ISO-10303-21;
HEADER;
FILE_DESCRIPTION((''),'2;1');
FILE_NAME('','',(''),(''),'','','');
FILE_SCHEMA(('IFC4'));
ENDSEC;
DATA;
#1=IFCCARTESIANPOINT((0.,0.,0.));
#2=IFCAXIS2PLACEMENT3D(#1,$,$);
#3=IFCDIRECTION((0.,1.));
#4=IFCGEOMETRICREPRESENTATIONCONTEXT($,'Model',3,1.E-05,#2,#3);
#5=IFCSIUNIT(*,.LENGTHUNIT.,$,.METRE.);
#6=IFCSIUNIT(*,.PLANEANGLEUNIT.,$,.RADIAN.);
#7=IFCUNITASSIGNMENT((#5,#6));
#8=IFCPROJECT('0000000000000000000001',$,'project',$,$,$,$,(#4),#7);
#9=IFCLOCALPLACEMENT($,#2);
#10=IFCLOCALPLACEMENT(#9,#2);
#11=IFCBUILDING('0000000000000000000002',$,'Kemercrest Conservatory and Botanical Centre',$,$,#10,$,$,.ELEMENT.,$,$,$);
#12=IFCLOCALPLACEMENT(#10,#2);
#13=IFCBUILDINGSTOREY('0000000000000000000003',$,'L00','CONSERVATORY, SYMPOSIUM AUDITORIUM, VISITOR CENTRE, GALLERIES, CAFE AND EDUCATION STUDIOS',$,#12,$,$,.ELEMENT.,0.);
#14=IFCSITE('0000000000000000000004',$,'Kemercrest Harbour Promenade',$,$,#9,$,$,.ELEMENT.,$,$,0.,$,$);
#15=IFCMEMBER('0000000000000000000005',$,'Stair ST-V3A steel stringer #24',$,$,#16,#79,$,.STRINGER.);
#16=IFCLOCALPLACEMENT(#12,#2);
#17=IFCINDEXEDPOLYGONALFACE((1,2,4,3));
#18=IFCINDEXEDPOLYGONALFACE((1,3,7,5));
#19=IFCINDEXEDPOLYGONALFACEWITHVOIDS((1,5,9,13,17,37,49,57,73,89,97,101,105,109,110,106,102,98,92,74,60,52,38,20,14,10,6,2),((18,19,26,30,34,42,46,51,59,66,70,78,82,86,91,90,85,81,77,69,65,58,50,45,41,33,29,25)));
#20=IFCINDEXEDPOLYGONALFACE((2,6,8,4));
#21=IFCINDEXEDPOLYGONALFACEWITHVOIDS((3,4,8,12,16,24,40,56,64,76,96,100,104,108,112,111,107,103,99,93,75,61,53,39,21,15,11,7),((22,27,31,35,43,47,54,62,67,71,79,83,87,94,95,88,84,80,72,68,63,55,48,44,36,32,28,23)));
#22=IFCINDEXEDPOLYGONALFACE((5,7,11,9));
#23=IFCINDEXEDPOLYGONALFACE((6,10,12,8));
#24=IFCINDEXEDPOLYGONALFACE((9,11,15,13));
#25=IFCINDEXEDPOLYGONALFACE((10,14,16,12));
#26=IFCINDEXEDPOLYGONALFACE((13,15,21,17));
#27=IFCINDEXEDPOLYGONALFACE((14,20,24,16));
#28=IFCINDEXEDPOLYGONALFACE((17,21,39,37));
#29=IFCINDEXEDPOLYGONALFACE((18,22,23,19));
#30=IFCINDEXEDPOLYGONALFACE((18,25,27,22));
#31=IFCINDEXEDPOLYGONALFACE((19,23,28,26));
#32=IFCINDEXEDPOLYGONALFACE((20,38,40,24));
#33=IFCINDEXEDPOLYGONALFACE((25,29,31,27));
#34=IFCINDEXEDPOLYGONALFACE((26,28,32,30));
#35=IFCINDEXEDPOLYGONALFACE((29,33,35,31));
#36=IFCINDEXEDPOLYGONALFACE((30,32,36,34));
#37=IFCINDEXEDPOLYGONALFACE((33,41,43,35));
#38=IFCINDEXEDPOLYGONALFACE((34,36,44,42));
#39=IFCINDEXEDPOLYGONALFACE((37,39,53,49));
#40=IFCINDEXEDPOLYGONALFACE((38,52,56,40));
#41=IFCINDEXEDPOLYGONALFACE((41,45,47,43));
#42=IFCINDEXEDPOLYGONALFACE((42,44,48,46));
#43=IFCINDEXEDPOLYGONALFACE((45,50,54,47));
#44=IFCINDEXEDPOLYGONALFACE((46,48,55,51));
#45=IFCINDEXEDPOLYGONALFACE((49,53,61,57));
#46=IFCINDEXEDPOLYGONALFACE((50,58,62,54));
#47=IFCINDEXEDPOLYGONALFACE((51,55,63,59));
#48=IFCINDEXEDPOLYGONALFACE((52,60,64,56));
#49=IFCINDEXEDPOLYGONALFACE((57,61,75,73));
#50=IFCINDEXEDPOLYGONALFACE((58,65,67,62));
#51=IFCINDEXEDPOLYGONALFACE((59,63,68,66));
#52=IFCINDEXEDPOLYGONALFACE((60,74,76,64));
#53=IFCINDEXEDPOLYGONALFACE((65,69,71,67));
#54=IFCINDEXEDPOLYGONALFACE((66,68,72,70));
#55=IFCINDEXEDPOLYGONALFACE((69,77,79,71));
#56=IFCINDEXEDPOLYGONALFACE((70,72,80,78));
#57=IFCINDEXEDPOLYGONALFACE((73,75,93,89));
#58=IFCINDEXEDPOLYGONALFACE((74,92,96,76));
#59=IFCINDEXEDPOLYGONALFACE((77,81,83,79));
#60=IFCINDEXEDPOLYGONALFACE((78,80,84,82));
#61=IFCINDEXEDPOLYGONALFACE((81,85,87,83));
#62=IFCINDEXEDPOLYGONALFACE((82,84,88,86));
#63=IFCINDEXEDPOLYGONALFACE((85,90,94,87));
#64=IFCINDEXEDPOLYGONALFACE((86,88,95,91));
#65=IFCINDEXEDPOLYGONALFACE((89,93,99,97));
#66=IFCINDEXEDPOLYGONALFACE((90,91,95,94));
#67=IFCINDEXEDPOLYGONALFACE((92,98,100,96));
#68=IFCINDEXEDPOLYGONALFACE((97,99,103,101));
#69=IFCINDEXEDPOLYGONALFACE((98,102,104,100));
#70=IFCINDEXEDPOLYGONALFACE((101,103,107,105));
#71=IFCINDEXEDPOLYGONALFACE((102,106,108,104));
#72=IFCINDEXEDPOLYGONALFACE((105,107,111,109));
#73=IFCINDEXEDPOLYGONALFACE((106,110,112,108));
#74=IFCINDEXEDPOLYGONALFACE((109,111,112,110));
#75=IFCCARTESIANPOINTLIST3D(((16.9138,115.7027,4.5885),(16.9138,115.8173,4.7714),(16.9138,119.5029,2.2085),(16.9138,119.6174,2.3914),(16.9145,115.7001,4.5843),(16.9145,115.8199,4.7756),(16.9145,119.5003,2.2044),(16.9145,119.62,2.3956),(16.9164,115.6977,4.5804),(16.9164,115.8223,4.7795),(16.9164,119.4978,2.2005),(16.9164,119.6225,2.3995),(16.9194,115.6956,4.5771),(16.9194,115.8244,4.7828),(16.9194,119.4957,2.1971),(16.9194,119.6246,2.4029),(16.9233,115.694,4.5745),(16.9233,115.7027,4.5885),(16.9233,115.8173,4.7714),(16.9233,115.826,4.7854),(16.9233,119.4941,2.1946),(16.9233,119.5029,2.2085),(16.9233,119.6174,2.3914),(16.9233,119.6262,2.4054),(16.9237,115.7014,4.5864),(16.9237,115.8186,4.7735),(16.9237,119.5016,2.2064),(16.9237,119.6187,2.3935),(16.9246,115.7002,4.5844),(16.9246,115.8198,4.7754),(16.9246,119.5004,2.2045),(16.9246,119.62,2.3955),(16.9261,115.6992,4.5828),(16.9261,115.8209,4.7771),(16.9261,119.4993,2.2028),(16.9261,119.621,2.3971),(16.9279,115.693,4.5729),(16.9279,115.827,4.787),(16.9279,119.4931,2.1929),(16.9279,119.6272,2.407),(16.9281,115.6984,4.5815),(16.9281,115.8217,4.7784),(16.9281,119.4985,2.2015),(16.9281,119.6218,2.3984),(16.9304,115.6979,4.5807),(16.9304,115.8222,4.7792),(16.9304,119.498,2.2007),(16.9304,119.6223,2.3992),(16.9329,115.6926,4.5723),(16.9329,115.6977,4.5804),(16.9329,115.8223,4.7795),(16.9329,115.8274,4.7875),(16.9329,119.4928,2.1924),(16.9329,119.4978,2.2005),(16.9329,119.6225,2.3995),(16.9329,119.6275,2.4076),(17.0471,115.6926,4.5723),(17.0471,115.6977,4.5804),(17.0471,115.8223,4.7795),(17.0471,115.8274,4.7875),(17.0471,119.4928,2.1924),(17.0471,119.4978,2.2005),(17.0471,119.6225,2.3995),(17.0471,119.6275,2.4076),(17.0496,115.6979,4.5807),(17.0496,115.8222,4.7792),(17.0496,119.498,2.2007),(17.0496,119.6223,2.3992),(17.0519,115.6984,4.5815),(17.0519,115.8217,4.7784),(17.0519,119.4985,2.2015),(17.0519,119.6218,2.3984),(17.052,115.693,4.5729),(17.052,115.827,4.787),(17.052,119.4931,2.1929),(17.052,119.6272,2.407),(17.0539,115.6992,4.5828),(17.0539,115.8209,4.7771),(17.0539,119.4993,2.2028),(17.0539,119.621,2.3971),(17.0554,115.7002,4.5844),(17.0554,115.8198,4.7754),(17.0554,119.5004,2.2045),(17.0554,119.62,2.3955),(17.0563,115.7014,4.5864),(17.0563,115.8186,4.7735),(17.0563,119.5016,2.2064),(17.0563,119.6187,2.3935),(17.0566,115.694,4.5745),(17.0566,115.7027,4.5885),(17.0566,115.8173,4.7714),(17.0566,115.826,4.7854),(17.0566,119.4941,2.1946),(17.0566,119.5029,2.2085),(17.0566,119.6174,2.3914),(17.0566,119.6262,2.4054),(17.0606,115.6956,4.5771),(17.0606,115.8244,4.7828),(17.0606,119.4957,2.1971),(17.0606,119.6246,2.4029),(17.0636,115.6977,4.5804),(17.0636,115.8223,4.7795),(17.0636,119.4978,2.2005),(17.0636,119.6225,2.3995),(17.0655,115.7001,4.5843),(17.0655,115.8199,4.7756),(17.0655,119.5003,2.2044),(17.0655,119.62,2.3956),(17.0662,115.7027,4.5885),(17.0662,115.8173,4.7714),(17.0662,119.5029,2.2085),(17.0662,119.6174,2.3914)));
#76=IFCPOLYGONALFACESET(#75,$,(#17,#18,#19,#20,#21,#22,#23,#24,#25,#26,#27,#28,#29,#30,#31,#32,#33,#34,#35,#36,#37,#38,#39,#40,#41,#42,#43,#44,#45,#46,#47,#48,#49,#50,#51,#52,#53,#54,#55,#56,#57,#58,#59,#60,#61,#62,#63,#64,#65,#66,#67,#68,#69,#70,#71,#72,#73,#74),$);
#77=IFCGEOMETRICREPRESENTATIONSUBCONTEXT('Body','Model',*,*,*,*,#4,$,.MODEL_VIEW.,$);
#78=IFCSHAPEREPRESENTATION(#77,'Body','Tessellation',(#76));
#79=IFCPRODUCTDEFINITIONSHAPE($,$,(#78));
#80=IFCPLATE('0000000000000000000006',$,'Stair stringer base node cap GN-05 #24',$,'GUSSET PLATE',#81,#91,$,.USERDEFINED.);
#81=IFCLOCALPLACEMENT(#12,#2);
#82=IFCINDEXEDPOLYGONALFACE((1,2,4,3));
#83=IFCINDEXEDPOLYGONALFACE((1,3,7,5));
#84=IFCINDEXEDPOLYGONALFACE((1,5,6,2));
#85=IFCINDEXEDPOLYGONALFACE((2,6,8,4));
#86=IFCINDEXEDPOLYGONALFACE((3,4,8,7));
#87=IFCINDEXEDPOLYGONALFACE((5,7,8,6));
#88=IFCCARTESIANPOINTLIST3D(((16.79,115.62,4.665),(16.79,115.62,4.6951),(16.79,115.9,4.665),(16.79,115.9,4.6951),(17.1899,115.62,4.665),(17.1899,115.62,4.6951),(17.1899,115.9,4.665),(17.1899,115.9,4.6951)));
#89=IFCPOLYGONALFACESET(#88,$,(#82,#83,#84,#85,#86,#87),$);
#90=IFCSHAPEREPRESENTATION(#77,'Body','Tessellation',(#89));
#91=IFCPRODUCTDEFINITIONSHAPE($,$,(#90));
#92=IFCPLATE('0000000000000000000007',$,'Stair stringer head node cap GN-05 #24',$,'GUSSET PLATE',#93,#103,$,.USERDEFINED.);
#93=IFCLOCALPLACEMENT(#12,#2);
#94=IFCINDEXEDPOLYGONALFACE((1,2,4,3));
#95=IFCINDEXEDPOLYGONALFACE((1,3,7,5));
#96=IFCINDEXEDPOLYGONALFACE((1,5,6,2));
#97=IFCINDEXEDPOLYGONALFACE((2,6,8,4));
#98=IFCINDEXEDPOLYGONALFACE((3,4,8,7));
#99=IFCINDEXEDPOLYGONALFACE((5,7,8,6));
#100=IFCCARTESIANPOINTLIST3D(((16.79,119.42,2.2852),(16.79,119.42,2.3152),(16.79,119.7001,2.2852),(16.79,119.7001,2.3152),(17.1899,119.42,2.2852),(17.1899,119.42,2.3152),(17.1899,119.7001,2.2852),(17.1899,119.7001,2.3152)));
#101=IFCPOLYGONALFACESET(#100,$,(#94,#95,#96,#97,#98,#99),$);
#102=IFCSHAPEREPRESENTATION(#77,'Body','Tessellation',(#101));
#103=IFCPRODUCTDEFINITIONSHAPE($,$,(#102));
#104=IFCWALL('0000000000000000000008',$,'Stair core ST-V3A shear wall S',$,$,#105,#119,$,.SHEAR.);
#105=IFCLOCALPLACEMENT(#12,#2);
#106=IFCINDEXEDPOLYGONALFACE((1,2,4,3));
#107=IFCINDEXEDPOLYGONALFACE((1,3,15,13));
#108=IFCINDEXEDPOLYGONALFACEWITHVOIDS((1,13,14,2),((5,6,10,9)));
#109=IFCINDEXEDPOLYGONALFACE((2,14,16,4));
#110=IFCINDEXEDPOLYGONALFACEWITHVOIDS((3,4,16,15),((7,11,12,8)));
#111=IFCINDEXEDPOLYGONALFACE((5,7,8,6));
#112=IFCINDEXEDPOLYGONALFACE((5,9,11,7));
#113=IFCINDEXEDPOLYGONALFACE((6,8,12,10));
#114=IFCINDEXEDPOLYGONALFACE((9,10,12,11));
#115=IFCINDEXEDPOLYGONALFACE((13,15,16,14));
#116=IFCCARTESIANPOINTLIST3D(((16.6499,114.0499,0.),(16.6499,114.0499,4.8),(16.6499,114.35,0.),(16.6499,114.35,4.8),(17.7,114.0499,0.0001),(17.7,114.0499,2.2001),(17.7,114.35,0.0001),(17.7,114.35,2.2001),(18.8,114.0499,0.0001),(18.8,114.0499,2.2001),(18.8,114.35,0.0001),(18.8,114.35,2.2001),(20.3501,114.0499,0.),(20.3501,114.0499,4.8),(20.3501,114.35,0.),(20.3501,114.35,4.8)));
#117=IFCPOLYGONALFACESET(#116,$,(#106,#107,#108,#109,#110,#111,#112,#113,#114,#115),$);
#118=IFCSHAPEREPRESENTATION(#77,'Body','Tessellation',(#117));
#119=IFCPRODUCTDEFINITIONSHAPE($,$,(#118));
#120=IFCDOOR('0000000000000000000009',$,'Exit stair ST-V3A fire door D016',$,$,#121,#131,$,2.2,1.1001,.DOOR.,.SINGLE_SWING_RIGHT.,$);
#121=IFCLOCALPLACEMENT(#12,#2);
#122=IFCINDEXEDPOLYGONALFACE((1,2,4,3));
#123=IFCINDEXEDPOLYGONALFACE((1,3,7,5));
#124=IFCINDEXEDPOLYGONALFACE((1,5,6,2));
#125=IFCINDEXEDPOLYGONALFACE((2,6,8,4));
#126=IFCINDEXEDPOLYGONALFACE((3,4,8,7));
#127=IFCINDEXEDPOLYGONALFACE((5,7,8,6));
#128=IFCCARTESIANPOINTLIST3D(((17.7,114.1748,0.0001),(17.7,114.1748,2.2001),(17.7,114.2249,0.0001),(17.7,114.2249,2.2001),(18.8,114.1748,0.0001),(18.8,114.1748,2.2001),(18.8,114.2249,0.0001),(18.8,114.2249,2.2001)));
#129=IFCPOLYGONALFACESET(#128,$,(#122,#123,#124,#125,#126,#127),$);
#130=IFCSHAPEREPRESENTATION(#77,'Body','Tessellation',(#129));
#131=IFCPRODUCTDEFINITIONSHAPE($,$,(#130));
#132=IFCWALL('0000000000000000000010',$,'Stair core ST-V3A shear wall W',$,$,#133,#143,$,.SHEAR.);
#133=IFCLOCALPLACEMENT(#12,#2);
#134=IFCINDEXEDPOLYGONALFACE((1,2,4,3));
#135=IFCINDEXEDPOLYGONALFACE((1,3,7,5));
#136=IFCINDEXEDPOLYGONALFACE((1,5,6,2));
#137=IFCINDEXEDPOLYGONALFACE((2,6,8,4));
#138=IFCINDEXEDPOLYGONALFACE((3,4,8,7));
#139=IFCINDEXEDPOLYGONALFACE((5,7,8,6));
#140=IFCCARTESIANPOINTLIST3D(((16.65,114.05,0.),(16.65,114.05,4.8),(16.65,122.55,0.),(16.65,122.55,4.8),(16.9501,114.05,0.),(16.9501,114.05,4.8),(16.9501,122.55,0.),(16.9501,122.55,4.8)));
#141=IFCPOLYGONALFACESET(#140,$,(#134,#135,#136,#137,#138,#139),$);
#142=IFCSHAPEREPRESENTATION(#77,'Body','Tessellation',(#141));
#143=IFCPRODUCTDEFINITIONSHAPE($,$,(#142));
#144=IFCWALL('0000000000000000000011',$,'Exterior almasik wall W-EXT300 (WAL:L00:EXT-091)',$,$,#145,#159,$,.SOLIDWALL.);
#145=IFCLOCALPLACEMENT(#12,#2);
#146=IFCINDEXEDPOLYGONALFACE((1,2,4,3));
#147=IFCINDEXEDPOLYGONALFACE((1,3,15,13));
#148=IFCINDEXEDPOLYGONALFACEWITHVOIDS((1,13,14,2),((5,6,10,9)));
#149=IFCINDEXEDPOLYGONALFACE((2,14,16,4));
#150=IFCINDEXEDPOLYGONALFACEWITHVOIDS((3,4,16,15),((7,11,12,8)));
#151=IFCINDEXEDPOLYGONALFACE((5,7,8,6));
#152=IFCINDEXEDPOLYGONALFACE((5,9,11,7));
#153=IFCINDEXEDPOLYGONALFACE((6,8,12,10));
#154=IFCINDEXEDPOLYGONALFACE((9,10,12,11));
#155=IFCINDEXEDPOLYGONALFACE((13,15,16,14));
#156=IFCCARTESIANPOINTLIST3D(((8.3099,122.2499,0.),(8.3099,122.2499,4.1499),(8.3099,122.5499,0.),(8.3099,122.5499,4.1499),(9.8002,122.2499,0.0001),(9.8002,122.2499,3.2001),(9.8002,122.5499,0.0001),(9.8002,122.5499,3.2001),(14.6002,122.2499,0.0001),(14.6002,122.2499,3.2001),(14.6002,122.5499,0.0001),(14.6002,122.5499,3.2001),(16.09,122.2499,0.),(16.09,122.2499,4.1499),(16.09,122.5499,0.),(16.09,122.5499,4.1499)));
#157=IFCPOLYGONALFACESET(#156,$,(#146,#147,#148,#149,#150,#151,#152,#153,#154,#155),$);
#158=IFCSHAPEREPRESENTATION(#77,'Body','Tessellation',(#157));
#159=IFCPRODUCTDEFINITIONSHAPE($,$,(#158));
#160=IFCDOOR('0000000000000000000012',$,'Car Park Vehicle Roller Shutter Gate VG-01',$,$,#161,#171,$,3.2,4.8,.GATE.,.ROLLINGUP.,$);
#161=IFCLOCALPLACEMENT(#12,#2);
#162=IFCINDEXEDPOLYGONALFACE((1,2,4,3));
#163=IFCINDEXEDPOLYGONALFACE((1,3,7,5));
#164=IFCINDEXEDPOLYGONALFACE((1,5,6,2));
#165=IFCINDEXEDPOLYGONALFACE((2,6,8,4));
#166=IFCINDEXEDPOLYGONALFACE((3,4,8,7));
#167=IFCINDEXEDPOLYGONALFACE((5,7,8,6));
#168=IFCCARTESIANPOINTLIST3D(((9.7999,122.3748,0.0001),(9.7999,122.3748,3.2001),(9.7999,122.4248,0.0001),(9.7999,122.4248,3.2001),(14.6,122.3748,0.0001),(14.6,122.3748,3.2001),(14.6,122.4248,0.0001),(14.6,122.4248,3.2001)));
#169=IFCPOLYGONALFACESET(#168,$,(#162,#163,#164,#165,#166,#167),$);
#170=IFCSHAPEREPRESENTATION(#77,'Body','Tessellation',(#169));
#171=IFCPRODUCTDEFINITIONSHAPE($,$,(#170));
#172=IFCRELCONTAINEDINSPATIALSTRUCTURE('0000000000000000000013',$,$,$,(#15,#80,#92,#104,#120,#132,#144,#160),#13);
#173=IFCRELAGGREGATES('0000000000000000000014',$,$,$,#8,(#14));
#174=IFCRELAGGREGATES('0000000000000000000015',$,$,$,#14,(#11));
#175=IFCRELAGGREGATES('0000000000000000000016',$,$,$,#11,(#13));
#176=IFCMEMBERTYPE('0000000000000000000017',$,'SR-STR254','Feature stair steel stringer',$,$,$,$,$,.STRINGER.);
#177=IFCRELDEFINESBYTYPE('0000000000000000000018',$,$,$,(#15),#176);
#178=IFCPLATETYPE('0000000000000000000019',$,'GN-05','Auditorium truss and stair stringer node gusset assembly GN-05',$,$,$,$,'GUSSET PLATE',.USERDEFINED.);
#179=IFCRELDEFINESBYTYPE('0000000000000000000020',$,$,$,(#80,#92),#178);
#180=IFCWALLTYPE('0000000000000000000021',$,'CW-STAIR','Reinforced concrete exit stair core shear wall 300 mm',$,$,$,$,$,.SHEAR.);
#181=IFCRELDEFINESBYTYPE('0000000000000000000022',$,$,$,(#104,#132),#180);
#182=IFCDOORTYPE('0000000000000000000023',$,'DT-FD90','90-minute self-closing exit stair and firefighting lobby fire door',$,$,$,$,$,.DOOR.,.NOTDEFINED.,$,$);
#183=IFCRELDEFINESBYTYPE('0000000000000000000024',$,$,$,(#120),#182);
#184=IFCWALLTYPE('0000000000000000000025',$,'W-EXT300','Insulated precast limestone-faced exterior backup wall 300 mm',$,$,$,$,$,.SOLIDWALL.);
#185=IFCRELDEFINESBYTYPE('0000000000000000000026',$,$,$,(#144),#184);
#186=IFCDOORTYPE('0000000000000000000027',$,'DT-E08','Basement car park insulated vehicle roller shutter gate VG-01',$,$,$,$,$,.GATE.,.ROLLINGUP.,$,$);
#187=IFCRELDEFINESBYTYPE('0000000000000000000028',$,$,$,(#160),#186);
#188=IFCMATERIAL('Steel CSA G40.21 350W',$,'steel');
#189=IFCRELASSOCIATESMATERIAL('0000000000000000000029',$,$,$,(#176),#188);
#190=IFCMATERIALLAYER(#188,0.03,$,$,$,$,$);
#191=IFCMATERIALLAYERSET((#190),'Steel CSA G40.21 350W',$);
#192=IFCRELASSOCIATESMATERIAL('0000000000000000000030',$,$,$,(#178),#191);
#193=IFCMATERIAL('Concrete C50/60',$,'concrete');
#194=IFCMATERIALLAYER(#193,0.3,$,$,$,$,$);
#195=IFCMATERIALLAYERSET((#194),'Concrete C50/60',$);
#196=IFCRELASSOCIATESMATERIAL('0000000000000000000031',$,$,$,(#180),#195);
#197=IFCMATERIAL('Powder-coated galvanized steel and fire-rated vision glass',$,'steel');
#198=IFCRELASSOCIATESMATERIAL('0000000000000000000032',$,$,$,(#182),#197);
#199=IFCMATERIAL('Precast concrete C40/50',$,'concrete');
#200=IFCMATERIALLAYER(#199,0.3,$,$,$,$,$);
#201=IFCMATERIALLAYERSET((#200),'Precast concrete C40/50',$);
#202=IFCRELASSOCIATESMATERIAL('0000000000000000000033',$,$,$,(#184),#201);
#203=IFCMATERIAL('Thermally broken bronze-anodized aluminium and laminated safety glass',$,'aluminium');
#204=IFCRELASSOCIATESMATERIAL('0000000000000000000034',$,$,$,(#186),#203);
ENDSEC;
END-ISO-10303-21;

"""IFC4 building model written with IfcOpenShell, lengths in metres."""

from ifc_helpers import new_model, si_unit, direction, frame, frame_2d, origin, origin_2d, place, context, subcontext, project, spatial, rectangle, hollow_rectangle, extrude, material, layer, layer_set, material_profile, profile_set, type_object, element, fill, save


model = new_model("IFC4")

# Units and contexts
model_context = context("Model", 3, precision=1e-05, world=origin(), true_north=direction((0.0, 1.0)))
body_context = subcontext(model_context, "Body", "Model", "MODEL_VIEW")
ifc_project = project(units=[si_unit("LENGTHUNIT", "METRE"), si_unit("PLANEANGLEUNIT", "RADIAN")], contexts=[model_context])

# Site, building, storey
site_placement = place(None, origin())
site = spatial("IfcSite", under=ifc_project, at=site_placement, Name="Kemercrest Harbour Promenade", CompositionType="ELEMENT", RefElevation=0.0)
building_placement = place(site_placement, origin())
building = spatial("IfcBuilding", under=site, at=building_placement, Name="Kemercrest Conservatory and Botanical Centre", CompositionType="ELEMENT")
storey_placement = place(building_placement, origin())
storey = spatial("IfcBuildingStorey", under=building, at=storey_placement, Name="L00", Description="CONSERVATORY, SYMPOSIUM AUDITORIUM, VISITOR CENTRE, GALLERIES, CAFE AND EDUCATION STUDIOS", CompositionType="ELEMENT", Elevation=0.0)

# Member
ifc_material_1 = material(Name="Steel CSA G40.21 350W", Category="steel")
ifc_material_profile_1 = material_profile(ifc_material_1, hollow_rectangle(XDim=0.1523, YDim=0.2539, WallThickness=0.0095, InnerFilletRadius=0.0095, OuterFilletRadius=0.019, at=origin_2d()), Name="HSS 254x152x9.5")
ifc_profile_set_1 = profile_set([ifc_material_profile_1], Name="Steel CSA G40.21 350W")
member_type = type_object("IfcMemberType", Name="SR-STR254", Description="Feature stair steel stringer", PredefinedType="STRINGER", material=ifc_profile_set_1)
member_placement = place(storey_placement, frame((16.99, 115.76, 4.6799), z_axis=(0.0, 0.847512, -0.530777), x_axis=(-1.0, 0.0, 0.0)))
element("IfcMember", 1, at=member_placement, inside=storey, type_object=member_type, Name="Stair ST-V3A steel stringer #24", PredefinedType="STRINGER", context=body_context, shape_type="SweptSolid", body=[
    extrude(hollow_rectangle(XDim=0.1523, YDim=0.2539, WallThickness=0.0095, InnerFilletRadius=0.0095, OuterFilletRadius=0.019, at=origin_2d()), origin(), (0.0, 0.0, 1.0), 4.4839),
])

# Plates
ifc_layer_1 = layer(ifc_material_1, 0.03)
ifc_layer_set_1 = layer_set([ifc_layer_1], Name="Steel CSA G40.21 350W")
plate_type = type_object("IfcPlateType", Name="GN-05", Description="Auditorium truss and stair stringer node gusset assembly GN-05", ElementType="GUSSET PLATE", PredefinedType="USERDEFINED", material=ifc_layer_set_1)
for number, where, z_axis, x_axis, name in (
    (2, (16.99, 115.76, 4.665), (0.0, 0.0, 1.0), (1.0, 0.0, 0.0), "Stair stringer base node cap GN-05 #24"),
    (3, (16.99, 119.5601, 2.2852), (0.0, 0.0, 1.0), (1.0, 0.0, 0.0), "Stair stringer head node cap GN-05 #24"),
):
    element("IfcPlate", number, at=place(storey_placement, frame(where, z_axis=z_axis, x_axis=x_axis)), inside=storey, type_object=plate_type, Name=name, ObjectType="GUSSET PLATE", PredefinedType="USERDEFINED", context=body_context, shape_type="SweptSolid", body=[
        extrude(rectangle(XDim=0.3999, YDim=0.28, at=origin_2d()), origin(), (0.0, 0.0, 1.0), 0.03),
    ])

# Wall, opening, door
ifc_material_2 = material(Name="Concrete C50/60", Category="concrete")
ifc_layer_2 = layer(ifc_material_2, 0.3)
ifc_layer_set_2 = layer_set([ifc_layer_2], Name="Concrete C50/60")
wall_type_1 = type_object("IfcWallType", Name="CW-STAIR", Description="Reinforced concrete exit stair core shear wall 300 mm", PredefinedType="SHEAR", material=ifc_layer_set_2)
wall_1_placement = place(storey_placement, frame((16.6499, 114.2, 0.0), z_axis=(0.0, 0.0, 1.0), x_axis=(1.0, 0.0, 0.0)))
wall_1 = element("IfcWall", 4, at=wall_1_placement, inside=storey, type_object=wall_type_1, Name="Stair core ST-V3A shear wall S", PredefinedType="SHEAR", context=body_context, shape_type="SweptSolid", body=[
    extrude(rectangle(XDim=3.7002, YDim=0.3, at=frame_2d((1.8501, 0.0))), origin(), (0.0, 0.0, 1.0), 4.8),
])
opening_1_placement = place(wall_1_placement, frame((1.05, 0.0, 0.0)))
opening_1 = element("IfcOpeningElement", 5, at=opening_1_placement, cuts=wall_1, PredefinedType="OPENING", context=body_context, shape_type="SweptSolid", body=[
    extrude(rectangle(XDim=1.1001, YDim=2.2, at=frame_2d((0.55, 1.1001))), frame((0.0, 0.1602, 0.0), z_axis=(0.0, -1.0, 0.0), x_axis=(1.0, 0.0, 0.0)), (0.0, 0.0, 1.0), 0.3201),
])
ifc_material_3 = material(Name="Powder-coated galvanized steel and fire-rated vision glass", Category="steel")
door_type_1 = type_object("IfcDoorType", Name="DT-FD90", Description="90-minute self-closing exit stair and firefighting lobby fire door", OperationType="NOTDEFINED", PredefinedType="DOOR", material=ifc_material_3)
door_1_placement = place(opening_1_placement, origin())
door_1 = element("IfcDoor", 6, at=door_1_placement, inside=storey, type_object=door_type_1, Name="Exit stair ST-V3A fire door D016", OperationType="SINGLE_SWING_RIGHT", OverallHeight=2.2, OverallWidth=1.1001, PredefinedType="DOOR", context=body_context, shape_type="SweptSolid", body=[
    extrude(rectangle(XDim=1.1001, YDim=2.2, at=frame_2d((0.55, 1.1001))), frame((0.0, 0.0249, 0.0), z_axis=(0.0, -1.0, 0.0), x_axis=(1.0, 0.0, 0.0)), (0.0, 0.0, 1.0), 0.05),
])
fill(opening_1, door_1)

# Wall
wall_2_placement = place(storey_placement, frame((16.8, 114.05, 0.0), z_axis=(0.0, 0.0, 1.0), x_axis=(0.0, 1.0, 0.0)))
element("IfcWall", 7, at=wall_2_placement, inside=storey, type_object=wall_type_1, Name="Stair core ST-V3A shear wall W", PredefinedType="SHEAR", context=body_context, shape_type="SweptSolid", body=[
    extrude(rectangle(XDim=8.5, YDim=0.3, at=frame_2d((4.25, 0.0))), origin(), (0.0, 0.0, 1.0), 4.8),
])

# Wall, opening, door
ifc_material_4 = material(Name="Precast concrete C40/50", Category="concrete")
ifc_layer_3 = layer(ifc_material_4, 0.3)
ifc_layer_set_3 = layer_set([ifc_layer_3], Name="Precast concrete C40/50")
wall_type_2 = type_object("IfcWallType", Name="W-EXT300", Description="Insulated precast limestone-faced exterior backup wall 300 mm", PredefinedType="SOLIDWALL", material=ifc_layer_set_3)
wall_3_placement = place(storey_placement, frame((16.0901, 122.3999, 0.0), z_axis=(0.0, 0.0, 1.0), x_axis=(-1.0, 0.0, 0.0)))
wall_3 = element("IfcWall", 8, at=wall_3_placement, inside=storey, type_object=wall_type_2, Name="Exterior almasik wall W-EXT300 (WAL:L00:EXT-091)", PredefinedType="SOLIDWALL", context=body_context, shape_type="SweptSolid", body=[
    extrude(rectangle(XDim=7.78, YDim=0.3, at=frame_2d((3.8901, 0.0))), origin(), (0.0, 0.0, 1.0), 4.1499),
])
opening_2_placement = place(wall_3_placement, frame((1.49, 0.0, 0.0)))
opening_2 = element("IfcOpeningElement", 9, at=opening_2_placement, cuts=wall_3, PredefinedType="OPENING", context=body_context, shape_type="SweptSolid", body=[
    extrude(rectangle(XDim=4.8, YDim=3.2, at=frame_2d((2.3999, 1.6001))), frame((0.0, 0.1602, 0.0), z_axis=(0.0, -1.0, 0.0), x_axis=(1.0, 0.0, 0.0)), (0.0, 0.0, 1.0), 0.3201),
])
ifc_material_5 = material(Name="Thermally broken bronze-anodized aluminium and laminated safety glass", Category="aluminium")
door_type_2 = type_object("IfcDoorType", Name="DT-E08", Description="Basement car park insulated vehicle roller shutter gate VG-01", OperationType="ROLLINGUP", PredefinedType="GATE", material=ifc_material_5)
door_2_placement = place(opening_2_placement, frame((4.8, 0.0, 0.0), z_axis=(0.0, 0.0, 1.0), x_axis=(-1.0, 0.0, 0.0)))
door_2 = element("IfcDoor", 10, at=door_2_placement, inside=storey, type_object=door_type_2, Name="Car Park Vehicle Roller Shutter Gate VG-01", OperationType="ROLLINGUP", OverallHeight=3.2, OverallWidth=4.8, PredefinedType="GATE", context=body_context, shape_type="SweptSolid", body=[
    extrude(rectangle(XDim=4.8, YDim=3.2, at=frame_2d((2.3999, 1.6001))), frame((0.0, 0.0249, 0.0), z_axis=(0.0, -1.0, 0.0), x_axis=(1.0, 0.0, 0.0)), (0.0, 0.0, 1.0), 0.05),
])
fill(opening_2, door_2)

save(model, "model.ifc")
